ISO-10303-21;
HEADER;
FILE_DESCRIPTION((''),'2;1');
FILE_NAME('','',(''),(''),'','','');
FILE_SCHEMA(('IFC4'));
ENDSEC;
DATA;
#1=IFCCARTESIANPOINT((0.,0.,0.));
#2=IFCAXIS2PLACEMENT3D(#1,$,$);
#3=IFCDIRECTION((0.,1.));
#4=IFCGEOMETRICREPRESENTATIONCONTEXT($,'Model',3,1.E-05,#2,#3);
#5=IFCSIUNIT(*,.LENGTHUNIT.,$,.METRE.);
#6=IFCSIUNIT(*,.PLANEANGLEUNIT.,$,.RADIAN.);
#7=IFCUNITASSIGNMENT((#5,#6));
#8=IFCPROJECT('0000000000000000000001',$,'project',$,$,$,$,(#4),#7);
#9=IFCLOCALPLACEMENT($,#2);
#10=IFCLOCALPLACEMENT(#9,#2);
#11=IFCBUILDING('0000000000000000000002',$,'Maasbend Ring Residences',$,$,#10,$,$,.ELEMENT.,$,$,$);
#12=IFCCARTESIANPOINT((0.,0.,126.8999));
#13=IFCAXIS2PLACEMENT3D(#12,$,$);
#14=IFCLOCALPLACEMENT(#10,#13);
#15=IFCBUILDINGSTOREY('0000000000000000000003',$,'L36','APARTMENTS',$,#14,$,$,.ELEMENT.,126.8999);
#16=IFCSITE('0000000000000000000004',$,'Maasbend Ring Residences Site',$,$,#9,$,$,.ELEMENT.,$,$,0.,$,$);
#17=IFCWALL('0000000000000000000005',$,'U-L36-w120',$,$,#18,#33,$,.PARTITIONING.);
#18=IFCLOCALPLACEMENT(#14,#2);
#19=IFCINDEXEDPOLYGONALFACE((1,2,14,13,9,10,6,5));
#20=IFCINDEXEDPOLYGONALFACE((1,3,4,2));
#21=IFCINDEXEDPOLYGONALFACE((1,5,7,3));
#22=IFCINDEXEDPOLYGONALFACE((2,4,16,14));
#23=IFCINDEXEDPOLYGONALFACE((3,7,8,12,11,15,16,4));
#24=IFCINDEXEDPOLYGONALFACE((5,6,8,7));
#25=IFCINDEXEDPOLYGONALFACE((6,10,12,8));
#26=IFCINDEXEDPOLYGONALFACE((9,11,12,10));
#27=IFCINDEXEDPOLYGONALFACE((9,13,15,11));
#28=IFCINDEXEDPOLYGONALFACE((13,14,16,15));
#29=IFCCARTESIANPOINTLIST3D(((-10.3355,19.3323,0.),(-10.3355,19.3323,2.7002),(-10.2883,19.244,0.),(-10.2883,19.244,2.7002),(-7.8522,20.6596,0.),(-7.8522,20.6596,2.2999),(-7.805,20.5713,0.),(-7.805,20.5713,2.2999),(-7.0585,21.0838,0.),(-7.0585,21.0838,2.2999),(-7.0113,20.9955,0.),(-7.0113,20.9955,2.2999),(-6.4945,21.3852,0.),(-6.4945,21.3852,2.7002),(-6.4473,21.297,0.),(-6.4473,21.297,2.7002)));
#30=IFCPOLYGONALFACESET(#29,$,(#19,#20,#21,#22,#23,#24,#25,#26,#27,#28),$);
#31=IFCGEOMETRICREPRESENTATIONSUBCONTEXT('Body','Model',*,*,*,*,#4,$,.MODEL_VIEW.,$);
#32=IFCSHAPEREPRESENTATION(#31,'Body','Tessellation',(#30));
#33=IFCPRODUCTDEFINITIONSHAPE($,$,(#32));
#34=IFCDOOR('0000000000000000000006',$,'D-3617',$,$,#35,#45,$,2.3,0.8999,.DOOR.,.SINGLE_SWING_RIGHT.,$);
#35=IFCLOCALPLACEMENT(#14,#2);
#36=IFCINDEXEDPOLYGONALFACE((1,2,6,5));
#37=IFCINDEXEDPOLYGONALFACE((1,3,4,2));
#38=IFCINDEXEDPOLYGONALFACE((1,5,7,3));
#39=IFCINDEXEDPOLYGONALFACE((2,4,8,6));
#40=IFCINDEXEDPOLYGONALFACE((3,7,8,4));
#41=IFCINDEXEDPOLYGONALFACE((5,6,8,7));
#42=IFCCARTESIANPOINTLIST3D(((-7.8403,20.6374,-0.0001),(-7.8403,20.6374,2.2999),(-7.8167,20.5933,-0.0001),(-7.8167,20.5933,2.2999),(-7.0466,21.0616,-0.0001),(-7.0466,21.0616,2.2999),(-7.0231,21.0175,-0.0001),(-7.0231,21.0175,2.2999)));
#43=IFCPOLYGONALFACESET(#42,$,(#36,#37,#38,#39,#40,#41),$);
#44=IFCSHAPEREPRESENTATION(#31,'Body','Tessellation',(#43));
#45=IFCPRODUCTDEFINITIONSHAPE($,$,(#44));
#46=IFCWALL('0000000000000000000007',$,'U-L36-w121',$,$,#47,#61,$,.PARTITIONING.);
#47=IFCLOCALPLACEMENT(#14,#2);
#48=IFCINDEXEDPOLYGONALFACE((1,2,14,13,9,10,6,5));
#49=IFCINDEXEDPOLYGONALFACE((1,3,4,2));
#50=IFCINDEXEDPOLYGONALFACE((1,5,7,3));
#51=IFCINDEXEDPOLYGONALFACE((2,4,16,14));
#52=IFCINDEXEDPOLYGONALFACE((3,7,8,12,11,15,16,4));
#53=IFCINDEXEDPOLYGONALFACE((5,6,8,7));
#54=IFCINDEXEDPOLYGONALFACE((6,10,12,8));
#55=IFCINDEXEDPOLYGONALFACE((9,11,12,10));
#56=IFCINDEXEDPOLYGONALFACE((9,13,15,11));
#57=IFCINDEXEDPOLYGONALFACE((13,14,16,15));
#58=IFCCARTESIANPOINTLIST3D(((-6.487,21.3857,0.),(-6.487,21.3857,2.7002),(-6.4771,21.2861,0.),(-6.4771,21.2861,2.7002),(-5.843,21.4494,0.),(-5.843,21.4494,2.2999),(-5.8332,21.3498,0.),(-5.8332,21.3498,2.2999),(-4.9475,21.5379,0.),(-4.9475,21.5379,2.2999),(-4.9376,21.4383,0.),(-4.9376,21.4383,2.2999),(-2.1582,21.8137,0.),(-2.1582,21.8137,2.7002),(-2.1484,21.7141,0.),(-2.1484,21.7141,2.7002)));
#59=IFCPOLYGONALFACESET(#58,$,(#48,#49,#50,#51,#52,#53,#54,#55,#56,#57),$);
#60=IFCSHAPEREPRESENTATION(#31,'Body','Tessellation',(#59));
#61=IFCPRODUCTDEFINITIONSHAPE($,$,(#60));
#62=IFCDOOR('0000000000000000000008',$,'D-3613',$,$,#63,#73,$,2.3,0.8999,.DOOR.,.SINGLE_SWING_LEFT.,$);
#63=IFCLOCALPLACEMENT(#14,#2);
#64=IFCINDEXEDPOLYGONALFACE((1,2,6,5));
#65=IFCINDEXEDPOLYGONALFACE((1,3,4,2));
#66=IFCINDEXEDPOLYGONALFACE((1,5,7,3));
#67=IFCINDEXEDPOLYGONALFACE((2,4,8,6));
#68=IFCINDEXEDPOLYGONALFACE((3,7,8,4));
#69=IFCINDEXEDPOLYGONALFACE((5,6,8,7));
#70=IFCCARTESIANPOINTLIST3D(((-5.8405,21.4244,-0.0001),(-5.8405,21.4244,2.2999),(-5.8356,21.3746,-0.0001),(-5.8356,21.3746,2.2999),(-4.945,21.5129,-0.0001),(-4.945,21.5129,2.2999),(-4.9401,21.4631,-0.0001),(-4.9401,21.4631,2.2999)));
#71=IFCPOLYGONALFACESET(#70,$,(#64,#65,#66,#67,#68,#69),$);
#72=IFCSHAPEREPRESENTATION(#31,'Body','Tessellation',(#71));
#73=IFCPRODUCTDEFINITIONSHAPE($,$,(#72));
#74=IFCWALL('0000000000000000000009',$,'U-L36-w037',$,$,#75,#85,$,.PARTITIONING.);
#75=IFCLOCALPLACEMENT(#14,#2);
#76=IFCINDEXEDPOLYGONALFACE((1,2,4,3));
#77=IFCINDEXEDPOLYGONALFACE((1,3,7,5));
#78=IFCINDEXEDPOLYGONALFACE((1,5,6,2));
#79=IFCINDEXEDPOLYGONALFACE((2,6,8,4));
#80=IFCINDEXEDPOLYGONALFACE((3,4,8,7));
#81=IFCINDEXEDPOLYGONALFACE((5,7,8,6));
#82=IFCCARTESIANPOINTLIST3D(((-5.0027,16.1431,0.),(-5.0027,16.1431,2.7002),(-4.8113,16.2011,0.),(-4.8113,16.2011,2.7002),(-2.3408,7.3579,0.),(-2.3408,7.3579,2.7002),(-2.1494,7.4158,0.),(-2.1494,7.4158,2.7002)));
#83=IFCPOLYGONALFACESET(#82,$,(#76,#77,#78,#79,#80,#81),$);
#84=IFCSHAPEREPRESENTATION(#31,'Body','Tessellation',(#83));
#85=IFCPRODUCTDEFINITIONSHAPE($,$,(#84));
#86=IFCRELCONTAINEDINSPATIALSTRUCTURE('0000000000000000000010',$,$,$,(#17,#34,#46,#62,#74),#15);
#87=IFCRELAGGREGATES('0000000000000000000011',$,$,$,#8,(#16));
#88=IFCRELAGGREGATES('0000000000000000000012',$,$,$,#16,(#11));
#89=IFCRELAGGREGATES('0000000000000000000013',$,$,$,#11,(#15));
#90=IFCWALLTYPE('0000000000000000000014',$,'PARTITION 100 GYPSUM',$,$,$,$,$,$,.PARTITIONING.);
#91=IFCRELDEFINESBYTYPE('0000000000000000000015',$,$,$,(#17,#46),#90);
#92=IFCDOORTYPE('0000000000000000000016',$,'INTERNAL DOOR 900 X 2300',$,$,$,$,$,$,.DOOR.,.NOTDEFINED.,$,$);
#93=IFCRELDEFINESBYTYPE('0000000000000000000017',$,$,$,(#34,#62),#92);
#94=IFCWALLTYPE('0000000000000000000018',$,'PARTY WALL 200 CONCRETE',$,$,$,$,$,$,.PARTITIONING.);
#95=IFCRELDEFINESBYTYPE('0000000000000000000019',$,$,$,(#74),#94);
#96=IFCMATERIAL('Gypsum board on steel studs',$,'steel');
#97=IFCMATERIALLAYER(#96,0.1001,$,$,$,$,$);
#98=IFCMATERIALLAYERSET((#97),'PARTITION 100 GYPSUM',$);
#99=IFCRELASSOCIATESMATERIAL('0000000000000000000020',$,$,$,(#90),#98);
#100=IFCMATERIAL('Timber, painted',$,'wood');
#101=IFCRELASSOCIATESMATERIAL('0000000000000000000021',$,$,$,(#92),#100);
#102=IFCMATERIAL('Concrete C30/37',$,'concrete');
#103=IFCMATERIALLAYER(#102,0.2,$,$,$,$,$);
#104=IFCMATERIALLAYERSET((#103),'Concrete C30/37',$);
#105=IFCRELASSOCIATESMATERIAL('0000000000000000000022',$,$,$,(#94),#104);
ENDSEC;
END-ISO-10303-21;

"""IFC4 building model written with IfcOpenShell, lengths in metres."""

from ifc_helpers import new_model, si_unit, direction, frame, frame_2d, origin, place, context, subcontext, project, spatial, rectangle, extrude, material, layer, layer_set, type_object, element, fill, save


model = new_model("IFC4")

# Units and contexts
model_context = context("Model", 3, precision=1e-05, world=origin(), true_north=direction((0.0, 1.0)))
body_context = subcontext(model_context, "Body", "Model", "MODEL_VIEW")
ifc_project = project(units=[si_unit("LENGTHUNIT", "METRE"), si_unit("PLANEANGLEUNIT", "RADIAN")], contexts=[model_context])

# Site, building, storey
site_placement = place(None, origin())
site = spatial("IfcSite", under=ifc_project, at=site_placement, Name="Maasbend Ring Residences Site", CompositionType="ELEMENT", RefElevation=0.0)
building_placement = place(site_placement, origin())
building = spatial("IfcBuilding", under=site, at=building_placement, Name="Maasbend Ring Residences", CompositionType="ELEMENT")
storey_placement = place(building_placement, frame((0.0, 0.0, 126.8999)))
storey = spatial("IfcBuildingStorey", under=building, at=storey_placement, Name="L36", Description="APARTMENTS", CompositionType="ELEMENT", Elevation=126.8999)

# Shared definitions
ifc_material_1 = material(Name="Gypsum board on steel studs", Category="steel")
ifc_layer_1 = layer(ifc_material_1, 0.1001)
ifc_layer_set_1 = layer_set([ifc_layer_1], Name="PARTITION 100 GYPSUM")
wall_type_1 = type_object("IfcWallType", Name="PARTITION 100 GYPSUM", PredefinedType="PARTITIONING", material=ifc_layer_set_1)
ifc_material_2 = material(Name="Timber, painted", Category="wood")
door_type_1 = type_object("IfcDoorType", Name="INTERNAL DOOR 900 X 2300", OperationType="NOTDEFINED", PredefinedType="DOOR", material=ifc_material_2)

# Walls, openings, doors
wall_1_placement = place(storey_placement, frame((-10.312, 19.2881, 0.0), z_axis=(0.0, 0.0, 1.0), x_axis=(0.881932, 0.471377, 0.0)))
wall_1 = element("IfcWall", 1, at=wall_1_placement, inside=storey, type_object=wall_type_1, Name="U-L36-w120", PredefinedType="PARTITIONING", context=body_context, shape_type="SweptSolid", body=[
    extrude(rectangle(XDim=4.3552, YDim=0.1001, at=frame_2d((2.1777, 0.0))), origin(), (0.0, 0.0, 1.0), 2.7002),
])
opening_1_placement = place(wall_1_placement, frame((2.8159, 0.0, 0.0)))
opening_1 = element("IfcOpeningElement", 2, at=opening_1_placement, cuts=wall_1, PredefinedType="OPENING", context=body_context, shape_type="SweptSolid", body=[
    extrude(rectangle(XDim=0.8999, YDim=2.3, at=frame_2d((0.45, 1.1499))), frame((0.0, 0.0601, 0.0), z_axis=(0.0, -1.0, 0.0), x_axis=(1.0, 0.0, 0.0)), (0.0, 0.0, 1.0), 0.1201),
])
door_1_placement = place(opening_1_placement, origin())
door_1 = element("IfcDoor", 3, at=door_1_placement, inside=storey, type_object=door_type_1, Name="D-3617", OperationType="SINGLE_SWING_RIGHT", OverallHeight=2.3, OverallWidth=0.8999, PredefinedType="DOOR", context=body_context, shape_type="SweptSolid", body=[
    extrude(rectangle(XDim=0.8999, YDim=2.3, at=frame_2d((0.45, 1.1499))), frame((0.0, 0.0249, 0.0), z_axis=(0.0, -1.0, 0.0), x_axis=(1.0, 0.0, 0.0)), (0.0, 0.0, 1.0), 0.05),
])
fill(opening_1, door_1)
wall_2_placement = place(storey_placement, frame((-6.4819, 21.3359, 0.0), z_axis=(0.0, 0.0, 1.0), x_axis=(0.995148, 0.098387, 0.0)))
wall_2 = element("IfcWall", 4, at=wall_2_placement, inside=storey, type_object=wall_type_1, Name="U-L36-w121", PredefinedType="PARTITIONING", context=body_context, shape_type="SweptSolid", body=[
    extrude(rectangle(XDim=4.3499, YDim=0.1001, at=frame_2d((2.1748, 0.0))), origin(), (0.0, 0.0, 1.0), 2.7002),
])
opening_2_placement = place(wall_2_placement, frame((0.647, 0.0, 0.0)))
opening_2 = element("IfcOpeningElement", 5, at=opening_2_placement, cuts=wall_2, PredefinedType="OPENING", context=body_context, shape_type="SweptSolid", body=[
    extrude(rectangle(XDim=0.8999, YDim=2.3, at=frame_2d((0.45, 1.1499))), frame((0.0, 0.0601, 0.0), z_axis=(0.0, -1.0, 0.0), x_axis=(1.0, 0.0, 0.0)), (0.0, 0.0, 1.0), 0.1201),
])
door_2_placement = place(opening_2_placement, origin())
door_2 = element("IfcDoor", 6, at=door_2_placement, inside=storey, type_object=door_type_1, Name="D-3613", OperationType="SINGLE_SWING_LEFT", OverallHeight=2.3, OverallWidth=0.8999, PredefinedType="DOOR", context=body_context, shape_type="SweptSolid", body=[
    extrude(rectangle(XDim=0.8999, YDim=2.3, at=frame_2d((0.45, 1.1499))), frame((0.0, 0.0249, 0.0), z_axis=(0.0, -1.0, 0.0), x_axis=(1.0, 0.0, 0.0)), (0.0, 0.0, 1.0), 0.05),
])
fill(opening_2, door_2)

# Wall
ifc_material_3 = material(Name="Concrete C30/37", Category="concrete")
ifc_layer_2 = layer(ifc_material_3, 0.2)
ifc_layer_set_2 = layer_set([ifc_layer_2], Name="Concrete C30/37")
wall_type_2 = type_object("IfcWallType", Name="PARTY WALL 200 CONCRETE", PredefinedType="PARTITIONING", material=ifc_layer_set_2)
wall_3_placement = place(storey_placement, frame((-4.907, 16.1721, 0.0), z_axis=(0.0, 0.0, 1.0), x_axis=(0.289977, -0.957034, 0.0)))
element("IfcWall", 7, at=wall_3_placement, inside=storey, type_object=wall_type_2, Name="U-L36-w037", PredefinedType="PARTITIONING", context=body_context, shape_type="SweptSolid", body=[
    extrude(rectangle(XDim=9.1797, YDim=0.2, at=frame_2d((4.5898, 0.0))), origin(), (0.0, 0.0, 1.0), 2.7002),
])

save(model, "model.ifc")
